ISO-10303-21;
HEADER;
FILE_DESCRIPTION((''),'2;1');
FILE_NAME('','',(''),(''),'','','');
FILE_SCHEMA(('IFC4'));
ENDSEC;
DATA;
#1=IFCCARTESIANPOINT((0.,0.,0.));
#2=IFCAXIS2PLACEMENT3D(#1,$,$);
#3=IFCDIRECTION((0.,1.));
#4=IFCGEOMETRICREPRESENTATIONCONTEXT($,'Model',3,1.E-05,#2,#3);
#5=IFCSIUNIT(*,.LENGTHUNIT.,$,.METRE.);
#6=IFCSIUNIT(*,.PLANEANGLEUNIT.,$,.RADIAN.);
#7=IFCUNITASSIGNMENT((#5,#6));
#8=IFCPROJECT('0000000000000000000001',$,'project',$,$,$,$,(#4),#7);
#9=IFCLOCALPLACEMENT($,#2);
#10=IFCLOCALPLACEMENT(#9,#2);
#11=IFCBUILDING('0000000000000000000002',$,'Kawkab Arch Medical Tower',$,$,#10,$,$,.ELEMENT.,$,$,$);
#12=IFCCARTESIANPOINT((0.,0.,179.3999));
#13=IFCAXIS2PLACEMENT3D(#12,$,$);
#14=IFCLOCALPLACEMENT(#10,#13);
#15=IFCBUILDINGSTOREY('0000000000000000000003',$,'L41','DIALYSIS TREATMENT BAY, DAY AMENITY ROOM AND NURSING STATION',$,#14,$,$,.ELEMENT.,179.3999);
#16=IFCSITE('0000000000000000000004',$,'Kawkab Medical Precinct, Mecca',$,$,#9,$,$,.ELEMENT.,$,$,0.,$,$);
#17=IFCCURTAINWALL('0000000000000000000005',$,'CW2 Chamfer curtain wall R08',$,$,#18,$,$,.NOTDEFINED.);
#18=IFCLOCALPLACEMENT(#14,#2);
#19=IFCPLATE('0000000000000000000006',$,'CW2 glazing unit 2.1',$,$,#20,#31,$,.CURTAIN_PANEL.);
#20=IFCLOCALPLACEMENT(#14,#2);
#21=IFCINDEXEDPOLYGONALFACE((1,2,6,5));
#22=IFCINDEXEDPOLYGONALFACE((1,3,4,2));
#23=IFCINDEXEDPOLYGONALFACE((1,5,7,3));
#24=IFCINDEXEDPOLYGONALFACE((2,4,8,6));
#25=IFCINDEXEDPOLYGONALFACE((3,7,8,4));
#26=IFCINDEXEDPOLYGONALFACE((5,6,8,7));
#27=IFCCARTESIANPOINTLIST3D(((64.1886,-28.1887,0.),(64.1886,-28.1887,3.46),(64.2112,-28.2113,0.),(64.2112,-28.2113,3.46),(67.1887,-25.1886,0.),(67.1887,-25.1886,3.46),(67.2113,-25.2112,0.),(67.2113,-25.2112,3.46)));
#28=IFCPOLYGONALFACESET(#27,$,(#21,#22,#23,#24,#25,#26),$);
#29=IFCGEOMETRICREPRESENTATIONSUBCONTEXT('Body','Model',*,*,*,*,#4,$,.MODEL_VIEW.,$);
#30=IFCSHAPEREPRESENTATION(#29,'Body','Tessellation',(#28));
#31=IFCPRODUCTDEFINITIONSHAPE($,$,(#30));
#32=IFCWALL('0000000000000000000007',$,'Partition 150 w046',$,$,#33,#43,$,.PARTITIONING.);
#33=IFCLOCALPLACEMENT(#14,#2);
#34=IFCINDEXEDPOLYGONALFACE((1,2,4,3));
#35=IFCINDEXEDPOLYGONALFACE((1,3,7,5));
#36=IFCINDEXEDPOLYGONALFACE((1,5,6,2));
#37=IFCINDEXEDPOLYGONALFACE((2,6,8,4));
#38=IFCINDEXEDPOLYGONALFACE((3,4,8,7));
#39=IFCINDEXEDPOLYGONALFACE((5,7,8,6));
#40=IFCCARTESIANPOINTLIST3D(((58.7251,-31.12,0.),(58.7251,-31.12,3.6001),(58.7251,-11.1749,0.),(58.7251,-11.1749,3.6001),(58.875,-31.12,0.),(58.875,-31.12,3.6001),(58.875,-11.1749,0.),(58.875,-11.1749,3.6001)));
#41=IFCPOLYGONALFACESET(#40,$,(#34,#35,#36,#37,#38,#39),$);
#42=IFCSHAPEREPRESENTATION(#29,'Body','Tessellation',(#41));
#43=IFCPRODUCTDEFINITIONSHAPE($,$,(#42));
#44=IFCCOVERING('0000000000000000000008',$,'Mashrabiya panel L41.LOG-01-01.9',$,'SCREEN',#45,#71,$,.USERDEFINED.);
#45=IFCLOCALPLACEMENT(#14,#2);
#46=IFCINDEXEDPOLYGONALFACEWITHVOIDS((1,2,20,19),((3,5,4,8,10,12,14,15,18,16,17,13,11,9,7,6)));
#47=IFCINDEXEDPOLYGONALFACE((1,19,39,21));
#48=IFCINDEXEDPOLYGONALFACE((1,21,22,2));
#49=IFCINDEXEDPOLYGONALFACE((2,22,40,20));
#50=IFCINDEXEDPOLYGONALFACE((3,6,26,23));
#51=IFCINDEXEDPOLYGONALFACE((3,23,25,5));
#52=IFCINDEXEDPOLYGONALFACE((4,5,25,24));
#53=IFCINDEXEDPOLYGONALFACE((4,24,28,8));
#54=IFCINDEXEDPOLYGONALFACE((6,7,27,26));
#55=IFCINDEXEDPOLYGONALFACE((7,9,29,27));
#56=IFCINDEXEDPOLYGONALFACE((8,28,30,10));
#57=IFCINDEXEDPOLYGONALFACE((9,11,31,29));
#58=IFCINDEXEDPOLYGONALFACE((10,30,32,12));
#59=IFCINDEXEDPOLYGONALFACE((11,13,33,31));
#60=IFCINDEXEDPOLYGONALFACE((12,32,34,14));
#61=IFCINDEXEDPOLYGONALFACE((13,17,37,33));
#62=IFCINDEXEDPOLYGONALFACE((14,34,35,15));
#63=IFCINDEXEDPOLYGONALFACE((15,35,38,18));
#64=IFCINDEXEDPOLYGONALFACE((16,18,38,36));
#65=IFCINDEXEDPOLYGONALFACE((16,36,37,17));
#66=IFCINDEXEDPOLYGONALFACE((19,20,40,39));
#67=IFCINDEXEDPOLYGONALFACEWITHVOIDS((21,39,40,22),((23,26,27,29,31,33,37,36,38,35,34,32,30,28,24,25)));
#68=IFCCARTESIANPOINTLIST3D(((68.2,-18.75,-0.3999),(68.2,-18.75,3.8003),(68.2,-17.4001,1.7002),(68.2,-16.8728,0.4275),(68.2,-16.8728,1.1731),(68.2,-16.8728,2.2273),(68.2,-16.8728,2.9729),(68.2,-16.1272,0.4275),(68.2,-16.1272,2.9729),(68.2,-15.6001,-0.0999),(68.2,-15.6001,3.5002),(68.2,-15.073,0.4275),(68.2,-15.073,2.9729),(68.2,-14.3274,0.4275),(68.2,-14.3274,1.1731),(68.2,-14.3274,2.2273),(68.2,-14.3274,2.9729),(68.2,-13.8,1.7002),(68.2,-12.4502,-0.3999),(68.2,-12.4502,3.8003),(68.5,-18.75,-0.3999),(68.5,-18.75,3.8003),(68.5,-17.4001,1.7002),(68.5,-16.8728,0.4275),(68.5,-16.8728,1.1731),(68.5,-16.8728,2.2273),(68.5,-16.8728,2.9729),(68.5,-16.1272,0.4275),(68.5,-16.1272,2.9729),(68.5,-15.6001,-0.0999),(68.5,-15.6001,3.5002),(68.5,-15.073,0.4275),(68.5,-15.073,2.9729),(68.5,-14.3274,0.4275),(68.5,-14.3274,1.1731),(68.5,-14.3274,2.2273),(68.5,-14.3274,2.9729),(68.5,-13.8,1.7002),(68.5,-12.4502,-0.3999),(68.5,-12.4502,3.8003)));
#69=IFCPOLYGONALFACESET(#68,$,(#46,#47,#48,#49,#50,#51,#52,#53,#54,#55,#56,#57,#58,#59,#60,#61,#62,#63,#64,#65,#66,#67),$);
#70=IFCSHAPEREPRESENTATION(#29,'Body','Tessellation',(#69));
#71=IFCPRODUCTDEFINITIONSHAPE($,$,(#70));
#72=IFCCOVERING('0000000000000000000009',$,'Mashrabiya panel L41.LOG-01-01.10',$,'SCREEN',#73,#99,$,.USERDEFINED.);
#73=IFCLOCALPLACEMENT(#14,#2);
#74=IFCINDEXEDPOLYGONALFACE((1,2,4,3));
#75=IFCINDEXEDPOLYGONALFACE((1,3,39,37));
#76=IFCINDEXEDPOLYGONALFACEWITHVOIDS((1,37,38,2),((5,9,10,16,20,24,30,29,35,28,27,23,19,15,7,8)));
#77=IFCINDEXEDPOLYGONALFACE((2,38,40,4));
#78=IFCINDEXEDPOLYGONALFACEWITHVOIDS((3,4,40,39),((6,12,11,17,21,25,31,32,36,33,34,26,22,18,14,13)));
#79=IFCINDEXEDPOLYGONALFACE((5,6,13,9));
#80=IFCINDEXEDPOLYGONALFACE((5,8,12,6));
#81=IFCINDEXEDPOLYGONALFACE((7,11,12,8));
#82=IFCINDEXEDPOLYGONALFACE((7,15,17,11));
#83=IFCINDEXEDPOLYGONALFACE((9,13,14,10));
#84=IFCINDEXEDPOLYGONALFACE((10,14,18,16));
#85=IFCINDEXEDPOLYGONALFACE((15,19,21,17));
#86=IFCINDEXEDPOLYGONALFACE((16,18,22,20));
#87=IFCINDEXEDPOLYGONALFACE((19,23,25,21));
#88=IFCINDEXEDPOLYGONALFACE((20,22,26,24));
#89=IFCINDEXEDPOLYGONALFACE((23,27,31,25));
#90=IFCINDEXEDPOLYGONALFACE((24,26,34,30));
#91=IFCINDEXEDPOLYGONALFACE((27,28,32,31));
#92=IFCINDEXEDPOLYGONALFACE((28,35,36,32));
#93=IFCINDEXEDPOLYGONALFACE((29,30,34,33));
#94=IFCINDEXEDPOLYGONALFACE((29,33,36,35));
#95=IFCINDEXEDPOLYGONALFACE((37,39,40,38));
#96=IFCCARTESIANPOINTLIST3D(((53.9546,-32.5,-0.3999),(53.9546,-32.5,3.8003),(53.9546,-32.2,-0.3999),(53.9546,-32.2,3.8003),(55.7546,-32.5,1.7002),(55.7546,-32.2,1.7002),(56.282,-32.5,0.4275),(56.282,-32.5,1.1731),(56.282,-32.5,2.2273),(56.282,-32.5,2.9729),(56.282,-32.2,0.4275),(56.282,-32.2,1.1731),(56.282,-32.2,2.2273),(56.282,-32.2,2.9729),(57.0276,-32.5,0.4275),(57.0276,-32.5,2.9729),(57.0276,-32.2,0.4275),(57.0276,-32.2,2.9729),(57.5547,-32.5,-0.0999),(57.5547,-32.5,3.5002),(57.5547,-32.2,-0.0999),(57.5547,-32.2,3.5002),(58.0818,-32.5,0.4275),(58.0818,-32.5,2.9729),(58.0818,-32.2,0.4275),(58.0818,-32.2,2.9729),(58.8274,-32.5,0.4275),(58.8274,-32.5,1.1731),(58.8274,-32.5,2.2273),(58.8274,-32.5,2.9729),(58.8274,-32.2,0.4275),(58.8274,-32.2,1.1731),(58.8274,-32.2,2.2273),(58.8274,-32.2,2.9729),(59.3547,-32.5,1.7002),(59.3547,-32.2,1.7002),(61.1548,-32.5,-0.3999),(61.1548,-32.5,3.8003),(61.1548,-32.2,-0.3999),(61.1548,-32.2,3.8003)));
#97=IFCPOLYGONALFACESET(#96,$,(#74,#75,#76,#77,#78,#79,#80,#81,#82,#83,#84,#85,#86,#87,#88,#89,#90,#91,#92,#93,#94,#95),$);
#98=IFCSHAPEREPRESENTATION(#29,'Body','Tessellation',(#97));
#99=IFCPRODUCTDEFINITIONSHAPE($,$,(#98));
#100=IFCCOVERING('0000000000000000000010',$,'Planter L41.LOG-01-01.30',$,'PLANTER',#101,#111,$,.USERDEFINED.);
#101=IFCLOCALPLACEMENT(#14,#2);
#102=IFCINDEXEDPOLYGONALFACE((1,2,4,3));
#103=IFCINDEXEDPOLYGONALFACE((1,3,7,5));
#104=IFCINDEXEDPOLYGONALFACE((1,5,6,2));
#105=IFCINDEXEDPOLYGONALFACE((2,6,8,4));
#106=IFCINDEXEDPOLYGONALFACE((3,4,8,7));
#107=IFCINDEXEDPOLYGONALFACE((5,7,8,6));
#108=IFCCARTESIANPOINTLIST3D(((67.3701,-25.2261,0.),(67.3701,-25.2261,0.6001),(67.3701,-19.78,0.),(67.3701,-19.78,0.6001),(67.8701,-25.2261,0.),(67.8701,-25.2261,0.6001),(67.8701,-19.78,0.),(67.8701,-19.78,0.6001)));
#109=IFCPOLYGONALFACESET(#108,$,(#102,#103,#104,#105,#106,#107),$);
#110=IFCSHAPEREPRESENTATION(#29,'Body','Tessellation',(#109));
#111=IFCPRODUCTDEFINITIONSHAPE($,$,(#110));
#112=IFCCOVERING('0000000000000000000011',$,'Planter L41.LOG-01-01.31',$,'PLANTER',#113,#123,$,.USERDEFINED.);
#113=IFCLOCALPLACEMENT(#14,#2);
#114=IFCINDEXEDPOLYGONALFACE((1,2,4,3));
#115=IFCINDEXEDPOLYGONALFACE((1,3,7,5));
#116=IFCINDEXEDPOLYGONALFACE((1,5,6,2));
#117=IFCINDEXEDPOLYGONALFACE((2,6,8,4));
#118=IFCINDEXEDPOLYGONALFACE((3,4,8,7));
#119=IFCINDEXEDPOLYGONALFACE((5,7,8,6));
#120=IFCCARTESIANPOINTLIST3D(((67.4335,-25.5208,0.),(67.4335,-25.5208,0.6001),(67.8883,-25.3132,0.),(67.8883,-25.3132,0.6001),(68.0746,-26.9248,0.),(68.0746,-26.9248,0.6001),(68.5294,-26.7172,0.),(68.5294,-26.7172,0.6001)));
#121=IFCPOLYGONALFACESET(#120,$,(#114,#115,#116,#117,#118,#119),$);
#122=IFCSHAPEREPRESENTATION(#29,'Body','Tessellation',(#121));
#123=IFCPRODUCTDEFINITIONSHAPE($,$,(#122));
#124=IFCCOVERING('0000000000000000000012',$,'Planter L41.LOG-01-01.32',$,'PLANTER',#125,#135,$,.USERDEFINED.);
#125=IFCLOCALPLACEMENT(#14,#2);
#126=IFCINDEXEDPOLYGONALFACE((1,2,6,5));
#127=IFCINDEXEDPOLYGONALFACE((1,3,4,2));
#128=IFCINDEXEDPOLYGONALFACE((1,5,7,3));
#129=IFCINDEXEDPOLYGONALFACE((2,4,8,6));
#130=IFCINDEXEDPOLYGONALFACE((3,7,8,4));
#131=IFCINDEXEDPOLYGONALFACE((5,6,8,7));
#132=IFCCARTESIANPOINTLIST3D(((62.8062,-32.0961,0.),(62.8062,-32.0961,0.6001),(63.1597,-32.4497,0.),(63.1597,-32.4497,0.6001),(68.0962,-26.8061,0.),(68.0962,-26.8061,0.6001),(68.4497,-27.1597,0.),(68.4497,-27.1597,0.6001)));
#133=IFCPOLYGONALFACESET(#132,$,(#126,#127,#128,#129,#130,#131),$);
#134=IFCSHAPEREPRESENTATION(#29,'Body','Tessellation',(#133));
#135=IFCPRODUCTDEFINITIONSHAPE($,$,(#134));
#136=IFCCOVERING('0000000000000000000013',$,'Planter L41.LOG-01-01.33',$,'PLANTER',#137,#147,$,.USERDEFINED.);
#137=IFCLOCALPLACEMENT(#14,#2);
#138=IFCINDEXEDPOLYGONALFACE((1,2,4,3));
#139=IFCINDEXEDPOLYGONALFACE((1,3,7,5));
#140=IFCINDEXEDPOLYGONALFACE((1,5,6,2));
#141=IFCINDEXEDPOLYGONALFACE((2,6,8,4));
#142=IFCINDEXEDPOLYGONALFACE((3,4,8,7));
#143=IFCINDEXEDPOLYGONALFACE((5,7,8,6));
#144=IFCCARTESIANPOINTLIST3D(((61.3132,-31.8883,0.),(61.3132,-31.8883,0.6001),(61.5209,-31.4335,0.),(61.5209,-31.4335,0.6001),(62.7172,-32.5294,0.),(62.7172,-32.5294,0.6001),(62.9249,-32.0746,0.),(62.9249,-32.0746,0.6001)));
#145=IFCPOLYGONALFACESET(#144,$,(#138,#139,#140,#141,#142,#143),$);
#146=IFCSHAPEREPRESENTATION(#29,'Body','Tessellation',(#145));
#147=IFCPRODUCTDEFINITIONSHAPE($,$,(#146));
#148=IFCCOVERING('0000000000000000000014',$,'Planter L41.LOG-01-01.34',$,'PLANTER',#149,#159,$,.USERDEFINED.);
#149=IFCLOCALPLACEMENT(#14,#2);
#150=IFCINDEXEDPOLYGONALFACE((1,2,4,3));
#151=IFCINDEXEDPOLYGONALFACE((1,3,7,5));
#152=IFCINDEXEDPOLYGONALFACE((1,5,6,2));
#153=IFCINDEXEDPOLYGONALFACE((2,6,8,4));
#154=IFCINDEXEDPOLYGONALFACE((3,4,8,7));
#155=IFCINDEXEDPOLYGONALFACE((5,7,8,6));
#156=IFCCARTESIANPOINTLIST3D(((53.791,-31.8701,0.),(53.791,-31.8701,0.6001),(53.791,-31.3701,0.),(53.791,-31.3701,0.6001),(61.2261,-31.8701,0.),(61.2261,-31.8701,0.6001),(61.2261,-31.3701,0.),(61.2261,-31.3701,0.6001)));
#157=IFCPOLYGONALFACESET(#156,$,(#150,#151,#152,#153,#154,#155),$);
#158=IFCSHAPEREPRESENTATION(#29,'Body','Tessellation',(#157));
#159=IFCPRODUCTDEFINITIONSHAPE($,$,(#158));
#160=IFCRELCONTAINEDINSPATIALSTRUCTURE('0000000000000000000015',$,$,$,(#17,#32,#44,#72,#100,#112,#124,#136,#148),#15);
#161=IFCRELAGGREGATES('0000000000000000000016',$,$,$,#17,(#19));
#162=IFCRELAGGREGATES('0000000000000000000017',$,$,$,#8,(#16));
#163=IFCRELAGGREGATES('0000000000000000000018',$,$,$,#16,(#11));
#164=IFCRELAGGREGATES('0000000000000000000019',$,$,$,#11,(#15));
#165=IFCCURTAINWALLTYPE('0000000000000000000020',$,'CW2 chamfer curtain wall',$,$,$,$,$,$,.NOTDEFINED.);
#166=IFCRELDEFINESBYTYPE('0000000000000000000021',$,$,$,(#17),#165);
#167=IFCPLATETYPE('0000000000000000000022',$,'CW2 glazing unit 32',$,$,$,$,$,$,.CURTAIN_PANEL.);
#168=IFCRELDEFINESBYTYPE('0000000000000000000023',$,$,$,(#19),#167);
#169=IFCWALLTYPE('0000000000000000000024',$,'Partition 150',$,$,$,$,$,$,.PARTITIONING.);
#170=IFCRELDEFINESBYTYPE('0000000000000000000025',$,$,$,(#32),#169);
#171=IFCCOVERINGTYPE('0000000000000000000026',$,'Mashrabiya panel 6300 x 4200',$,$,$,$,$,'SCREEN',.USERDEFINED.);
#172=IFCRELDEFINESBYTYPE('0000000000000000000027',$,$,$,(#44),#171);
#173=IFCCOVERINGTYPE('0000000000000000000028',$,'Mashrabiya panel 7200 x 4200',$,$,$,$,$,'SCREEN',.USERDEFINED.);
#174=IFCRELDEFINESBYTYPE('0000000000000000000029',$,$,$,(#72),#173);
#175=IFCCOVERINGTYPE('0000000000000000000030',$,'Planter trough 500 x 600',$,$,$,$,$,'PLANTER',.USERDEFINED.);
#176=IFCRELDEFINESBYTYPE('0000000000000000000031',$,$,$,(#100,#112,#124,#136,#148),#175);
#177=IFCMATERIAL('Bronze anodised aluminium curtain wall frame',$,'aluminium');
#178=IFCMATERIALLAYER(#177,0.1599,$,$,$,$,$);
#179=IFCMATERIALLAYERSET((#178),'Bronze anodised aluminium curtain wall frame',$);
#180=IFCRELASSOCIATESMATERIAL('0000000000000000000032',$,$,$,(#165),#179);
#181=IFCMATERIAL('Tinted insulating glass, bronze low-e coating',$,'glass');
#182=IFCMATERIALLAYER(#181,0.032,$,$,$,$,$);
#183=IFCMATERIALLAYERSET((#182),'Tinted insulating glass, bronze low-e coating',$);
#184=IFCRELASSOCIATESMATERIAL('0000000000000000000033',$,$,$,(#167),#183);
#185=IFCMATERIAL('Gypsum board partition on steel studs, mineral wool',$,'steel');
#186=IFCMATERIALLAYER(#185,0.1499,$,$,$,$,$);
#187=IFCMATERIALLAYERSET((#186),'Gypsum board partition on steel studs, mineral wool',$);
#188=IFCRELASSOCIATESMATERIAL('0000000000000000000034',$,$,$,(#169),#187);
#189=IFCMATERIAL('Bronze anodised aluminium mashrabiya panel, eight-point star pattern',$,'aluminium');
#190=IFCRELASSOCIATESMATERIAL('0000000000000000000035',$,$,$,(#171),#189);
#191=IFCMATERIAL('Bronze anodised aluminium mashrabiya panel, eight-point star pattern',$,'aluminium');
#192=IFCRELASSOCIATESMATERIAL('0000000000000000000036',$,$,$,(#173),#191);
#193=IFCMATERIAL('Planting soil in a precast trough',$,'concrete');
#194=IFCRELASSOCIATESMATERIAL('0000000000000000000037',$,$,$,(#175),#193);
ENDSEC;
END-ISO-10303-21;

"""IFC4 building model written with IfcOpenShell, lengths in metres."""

from ifc_helpers import new_model, si_unit, direction, frame, frame_2d, origin, origin_2d, place, context, subcontext, project, spatial, polyline, rectangle, outline, extrude, material, layer, layer_set, material_profile, profile_set, type_object, element, aggregate, save


model = new_model("IFC4")

# Units and contexts
model_context = context("Model", 3, precision=1e-05, world=origin(), true_north=direction((0.0, 1.0)))
body_context = subcontext(model_context, "Body", "Model", "MODEL_VIEW")
ifc_project = project(units=[si_unit("LENGTHUNIT", "METRE"), si_unit("PLANEANGLEUNIT", "RADIAN")], contexts=[model_context])

# Site, building, storey
site_placement = place(None, origin())
site = spatial("IfcSite", under=ifc_project, at=site_placement, Name="Kawkab Medical Precinct, Mecca", CompositionType="ELEMENT", RefElevation=0.0)
building_placement = place(site_placement, origin())
building = spatial("IfcBuilding", under=site, at=building_placement, Name="Kawkab Arch Medical Tower", CompositionType="ELEMENT")
storey_placement = place(building_placement, frame((0.0, 0.0, 179.3999)))
storey = spatial("IfcBuildingStorey", under=building, at=storey_placement, Name="L41", Description="DIALYSIS TREATMENT BAY, DAY AMENITY ROOM AND NURSING STATION", CompositionType="ELEMENT", Elevation=179.3999)

# Shared definitions
placement = place(storey_placement, origin())

# Curtain wall
ifc_material_1 = material(Name="Bronze anodised aluminium curtain wall frame", Category="aluminium")
ifc_layer_1 = layer(ifc_material_1, 0.1599)
ifc_layer_set_1 = layer_set([ifc_layer_1], Name="Bronze anodised aluminium curtain wall frame")
curtain_wall_type_1 = type_object("IfcCurtainWallType", Name="CW2 chamfer curtain wall", PredefinedType="NOTDEFINED", material=ifc_layer_set_1)
curtain_wall_1 = element("IfcCurtainWall", 1, at=placement, inside=storey, type_object=curtain_wall_type_1, Name="CW2 Chamfer curtain wall R08", PredefinedType="NOTDEFINED")

# Plate
ifc_material_2 = material(Name="Tinted insulating glass, bronze low-e coating", Category="glass")
ifc_layer_2 = layer(ifc_material_2, 0.032)
ifc_layer_set_2 = layer_set([ifc_layer_2], Name="Tinted insulating glass, bronze low-e coating")
plate_type_1 = type_object("IfcPlateType", Name="CW2 glazing unit 32", PredefinedType="CURTAIN_PANEL", material=ifc_layer_set_2)
plate_1_placement = place(storey_placement, frame((65.7, -26.7, 0.0), z_axis=(0.0, 0.0, 1.0), x_axis=(0.707107, 0.707107, 0.0)))
plate_1 = element("IfcPlate", 2, at=plate_1_placement, type_object=plate_type_1, Name="CW2 glazing unit 2.1", PredefinedType="CURTAIN_PANEL", context=body_context, shape_type="SweptSolid", body=[
    extrude(rectangle(XDim=4.2427, YDim=0.032, at=origin_2d()), origin(), (0.0, 0.0, 1.0), 3.46),
])
aggregate(curtain_wall_1, [plate_1])

# Wall
ifc_material_3 = material(Name="Gypsum board partition on steel studs, mineral wool", Category="steel")
ifc_layer_3 = layer(ifc_material_3, 0.1499)
ifc_layer_set_3 = layer_set([ifc_layer_3], Name="Gypsum board partition on steel studs, mineral wool")
wall_type = type_object("IfcWallType", Name="Partition 150", PredefinedType="PARTITIONING", material=ifc_layer_set_3)
wall_placement = place(storey_placement, frame((58.8, -31.1201, 0.0), z_axis=(0.0, 0.0, 1.0), x_axis=(0.0, 1.0, 0.0)))
element("IfcWall", 3, at=wall_placement, inside=storey, type_object=wall_type, Name="Partition 150 w046", PredefinedType="PARTITIONING", context=body_context, shape_type="SweptSolid", body=[
    extrude(rectangle(XDim=19.9451, YDim=0.1499, at=frame_2d((9.9727, 0.0))), origin(), (0.0, 0.0, 1.0), 3.6001),
])

# Coverings
ifc_material_4 = material(Name="Bronze anodised aluminium mashrabiya panel, eight-point star pattern", Category="aluminium")
ifc_material_profile_1 = material_profile(ifc_material_4, outline(polyline([(-3.1499, -2.1001), (3.1499, -2.1001), (3.1499, 2.1001), (-3.1499, 2.1001), (-3.1499, -2.1001)]), holes=[polyline([(1.8, 0.0), (1.2727, 0.5271), (1.2727, 1.2727), (0.5271, 1.2727), (0.0, 1.8), (-0.5271, 1.2727), (-1.2727, 1.2727), (-1.2727, 0.5271), (-1.8, 0.0), (-1.2727, -0.5271), (-1.2727, -1.2727), (-0.5271, -1.2727), (0.0, -1.8), (0.5271, -1.2727), (1.2727, -1.2727), (1.2727, -0.5271), (1.8, 0.0)])]), Name="Mashrabiya panel 6300x4200")
ifc_profile_set_1 = profile_set([ifc_material_profile_1], Name="Bronze anodised aluminium mashrabiya panel, eight-point star pattern")
covering_type_1 = type_object("IfcCoveringType", Name="Mashrabiya panel 6300 x 4200", ElementType="SCREEN", PredefinedType="USERDEFINED", material=ifc_profile_set_1)
covering_1_placement = place(storey_placement, frame((68.2, -15.6001, 1.7002), z_axis=(1.0, 0.0, 0.0), x_axis=(0.0, 1.0, 0.0)))
element("IfcCovering", 4, at=covering_1_placement, inside=storey, type_object=covering_type_1, Name="Mashrabiya panel L41.LOG-01-01.9", ObjectType="SCREEN", PredefinedType="USERDEFINED", context=body_context, shape_type="SweptSolid", body=[
    extrude(outline(polyline([(-3.1499, -2.1001), (3.1499, -2.1001), (3.1499, 2.1001), (-3.1499, 2.1001), (-3.1499, -2.1001)]), holes=[polyline([(1.8, 0.0), (1.2727, 0.5271), (1.2727, 1.2727), (0.5271, 1.2727), (0.0, 1.8), (-0.5271, 1.2727), (-1.2727, 1.2727), (-1.2727, 0.5271), (-1.8, 0.0), (-1.2727, -0.5271), (-1.2727, -1.2727), (-0.5271, -1.2727), (0.0, -1.8), (0.5271, -1.2727), (1.2727, -1.2727), (1.2727, -0.5271), (1.8, 0.0)])]), origin(), (0.0, 0.0, 1.0), 0.3),
])
ifc_material_5 = material(Name="Bronze anodised aluminium mashrabiya panel, eight-point star pattern", Category="aluminium")
ifc_material_profile_2 = material_profile(ifc_material_5, outline(polyline([(-3.6001, -2.1001), (3.6001, -2.1001), (3.6001, 2.1001), (-3.6001, 2.1001), (-3.6001, -2.1001)]), holes=[polyline([(1.8, 0.0), (1.2727, 0.5271), (1.2727, 1.2727), (0.5271, 1.2727), (0.0, 1.8), (-0.5271, 1.2727), (-1.2727, 1.2727), (-1.2727, 0.5271), (-1.8, 0.0), (-1.2727, -0.5271), (-1.2727, -1.2727), (-0.5271, -1.2727), (0.0, -1.8), (0.5271, -1.2727), (1.2727, -1.2727), (1.2727, -0.5271), (1.8, 0.0)])]), Name="Mashrabiya panel 7200x4200")
ifc_profile_set_2 = profile_set([ifc_material_profile_2], Name="Bronze anodised aluminium mashrabiya panel, eight-point star pattern")
covering_type_2 = type_object("IfcCoveringType", Name="Mashrabiya panel 7200 x 4200", ElementType="SCREEN", PredefinedType="USERDEFINED", material=ifc_profile_set_2)
covering_2_placement = place(storey_placement, frame((57.5547, -32.2, 1.7002), z_axis=(0.0, -1.0, 0.0), x_axis=(1.0, 0.0, 0.0)))
element("IfcCovering", 5, at=covering_2_placement, inside=storey, type_object=covering_type_2, Name="Mashrabiya panel L41.LOG-01-01.10", ObjectType="SCREEN", PredefinedType="USERDEFINED", context=body_context, shape_type="SweptSolid", body=[
    extrude(outline(polyline([(-3.6001, -2.1001), (3.6001, -2.1001), (3.6001, 2.1001), (-3.6001, 2.1001), (-3.6001, -2.1001)]), holes=[polyline([(1.8, 0.0), (1.2727, 0.5271), (1.2727, 1.2727), (0.5271, 1.2727), (0.0, 1.8), (-0.5271, 1.2727), (-1.2727, 1.2727), (-1.2727, 0.5271), (-1.8, 0.0), (-1.2727, -0.5271), (-1.2727, -1.2727), (-0.5271, -1.2727), (0.0, -1.8), (0.5271, -1.2727), (1.2727, -1.2727), (1.2727, -0.5271), (1.8, 0.0)])]), origin(), (0.0, 0.0, 1.0), 0.3),
])
ifc_material_6 = material(Name="Planting soil in a precast trough", Category="concrete")
ifc_material_profile_3 = material_profile(ifc_material_6, rectangle(XDim=0.5, YDim=0.6001, at=origin_2d()), Name="Trough 500x600")
ifc_profile_set_3 = profile_set([ifc_material_profile_3], Name="Planting soil in a precast trough")
covering_type_3 = type_object("IfcCoveringType", Name="Planter trough 500 x 600", ElementType="PLANTER", PredefinedType="USERDEFINED", material=ifc_profile_set_3)
covering_3_placement = place(storey_placement, frame((67.6201, -19.78, 0.3), z_axis=(0.0, -1.0, 0.0), x_axis=(1.0, 0.0, 0.0)))
element("IfcCovering", 6, at=covering_3_placement, inside=storey, type_object=covering_type_3, Name="Planter L41.LOG-01-01.30", ObjectType="PLANTER", PredefinedType="USERDEFINED", context=body_context, shape_type="SweptSolid", body=[
    extrude(rectangle(XDim=0.5, YDim=0.6001, at=origin_2d()), origin(), (0.0, 0.0, 1.0), 5.446),
])
covering_4_placement = place(storey_placement, frame((67.6609, -25.417, 0.3), z_axis=(0.415363, -0.909656, 0.0), x_axis=(0.909656, 0.415363, 0.0)))
element("IfcCovering", 7, at=covering_4_placement, inside=storey, type_object=covering_type_3, Name="Planter L41.LOG-01-01.31", ObjectType="PLANTER", PredefinedType="USERDEFINED", context=body_context, shape_type="SweptSolid", body=[
    extrude(rectangle(XDim=0.5, YDim=0.6001, at=origin_2d()), origin(), (0.0, 0.0, 1.0), 1.5435),
])
covering_5_placement = place(storey_placement, frame((68.2729, -26.9829, 0.3), z_axis=(-0.707107, -0.707107, 0.0), x_axis=(0.707107, -0.707107, 0.0)))
element("IfcCovering", 8, at=covering_5_placement, inside=storey, type_object=covering_type_3, Name="Planter L41.LOG-01-01.32", ObjectType="PLANTER", PredefinedType="USERDEFINED", context=body_context, shape_type="SweptSolid", body=[
    extrude(rectangle(XDim=0.5, YDim=0.6001, at=origin_2d()), origin(), (0.0, 0.0, 1.0), 7.4812),
])
covering_6_placement = place(storey_placement, frame((62.821, -32.302, 0.3), z_axis=(-0.909656, 0.415363, 0.0), x_axis=(-0.415363, -0.909656, 0.0)))
element("IfcCovering", 9, at=covering_6_placement, inside=storey, type_object=covering_type_3, Name="Planter L41.LOG-01-01.33", ObjectType="PLANTER", PredefinedType="USERDEFINED", context=body_context, shape_type="SweptSolid", body=[
    extrude(rectangle(XDim=0.5, YDim=0.6001, at=origin_2d()), origin(), (0.0, 0.0, 1.0), 1.5435),
])
covering_7_placement = place(storey_placement, frame((61.2261, -31.6201, 0.3), z_axis=(-1.0, 0.0, 0.0), x_axis=(0.0, -1.0, 0.0)))
element("IfcCovering", 10, at=covering_7_placement, inside=storey, type_object=covering_type_3, Name="Planter L41.LOG-01-01.34", ObjectType="PLANTER", PredefinedType="USERDEFINED", context=body_context, shape_type="SweptSolid", body=[
    extrude(rectangle(XDim=0.5, YDim=0.6001, at=origin_2d()), origin(), (0.0, 0.0, 1.0), 7.4351),
])

save(model, "model.ifc")
